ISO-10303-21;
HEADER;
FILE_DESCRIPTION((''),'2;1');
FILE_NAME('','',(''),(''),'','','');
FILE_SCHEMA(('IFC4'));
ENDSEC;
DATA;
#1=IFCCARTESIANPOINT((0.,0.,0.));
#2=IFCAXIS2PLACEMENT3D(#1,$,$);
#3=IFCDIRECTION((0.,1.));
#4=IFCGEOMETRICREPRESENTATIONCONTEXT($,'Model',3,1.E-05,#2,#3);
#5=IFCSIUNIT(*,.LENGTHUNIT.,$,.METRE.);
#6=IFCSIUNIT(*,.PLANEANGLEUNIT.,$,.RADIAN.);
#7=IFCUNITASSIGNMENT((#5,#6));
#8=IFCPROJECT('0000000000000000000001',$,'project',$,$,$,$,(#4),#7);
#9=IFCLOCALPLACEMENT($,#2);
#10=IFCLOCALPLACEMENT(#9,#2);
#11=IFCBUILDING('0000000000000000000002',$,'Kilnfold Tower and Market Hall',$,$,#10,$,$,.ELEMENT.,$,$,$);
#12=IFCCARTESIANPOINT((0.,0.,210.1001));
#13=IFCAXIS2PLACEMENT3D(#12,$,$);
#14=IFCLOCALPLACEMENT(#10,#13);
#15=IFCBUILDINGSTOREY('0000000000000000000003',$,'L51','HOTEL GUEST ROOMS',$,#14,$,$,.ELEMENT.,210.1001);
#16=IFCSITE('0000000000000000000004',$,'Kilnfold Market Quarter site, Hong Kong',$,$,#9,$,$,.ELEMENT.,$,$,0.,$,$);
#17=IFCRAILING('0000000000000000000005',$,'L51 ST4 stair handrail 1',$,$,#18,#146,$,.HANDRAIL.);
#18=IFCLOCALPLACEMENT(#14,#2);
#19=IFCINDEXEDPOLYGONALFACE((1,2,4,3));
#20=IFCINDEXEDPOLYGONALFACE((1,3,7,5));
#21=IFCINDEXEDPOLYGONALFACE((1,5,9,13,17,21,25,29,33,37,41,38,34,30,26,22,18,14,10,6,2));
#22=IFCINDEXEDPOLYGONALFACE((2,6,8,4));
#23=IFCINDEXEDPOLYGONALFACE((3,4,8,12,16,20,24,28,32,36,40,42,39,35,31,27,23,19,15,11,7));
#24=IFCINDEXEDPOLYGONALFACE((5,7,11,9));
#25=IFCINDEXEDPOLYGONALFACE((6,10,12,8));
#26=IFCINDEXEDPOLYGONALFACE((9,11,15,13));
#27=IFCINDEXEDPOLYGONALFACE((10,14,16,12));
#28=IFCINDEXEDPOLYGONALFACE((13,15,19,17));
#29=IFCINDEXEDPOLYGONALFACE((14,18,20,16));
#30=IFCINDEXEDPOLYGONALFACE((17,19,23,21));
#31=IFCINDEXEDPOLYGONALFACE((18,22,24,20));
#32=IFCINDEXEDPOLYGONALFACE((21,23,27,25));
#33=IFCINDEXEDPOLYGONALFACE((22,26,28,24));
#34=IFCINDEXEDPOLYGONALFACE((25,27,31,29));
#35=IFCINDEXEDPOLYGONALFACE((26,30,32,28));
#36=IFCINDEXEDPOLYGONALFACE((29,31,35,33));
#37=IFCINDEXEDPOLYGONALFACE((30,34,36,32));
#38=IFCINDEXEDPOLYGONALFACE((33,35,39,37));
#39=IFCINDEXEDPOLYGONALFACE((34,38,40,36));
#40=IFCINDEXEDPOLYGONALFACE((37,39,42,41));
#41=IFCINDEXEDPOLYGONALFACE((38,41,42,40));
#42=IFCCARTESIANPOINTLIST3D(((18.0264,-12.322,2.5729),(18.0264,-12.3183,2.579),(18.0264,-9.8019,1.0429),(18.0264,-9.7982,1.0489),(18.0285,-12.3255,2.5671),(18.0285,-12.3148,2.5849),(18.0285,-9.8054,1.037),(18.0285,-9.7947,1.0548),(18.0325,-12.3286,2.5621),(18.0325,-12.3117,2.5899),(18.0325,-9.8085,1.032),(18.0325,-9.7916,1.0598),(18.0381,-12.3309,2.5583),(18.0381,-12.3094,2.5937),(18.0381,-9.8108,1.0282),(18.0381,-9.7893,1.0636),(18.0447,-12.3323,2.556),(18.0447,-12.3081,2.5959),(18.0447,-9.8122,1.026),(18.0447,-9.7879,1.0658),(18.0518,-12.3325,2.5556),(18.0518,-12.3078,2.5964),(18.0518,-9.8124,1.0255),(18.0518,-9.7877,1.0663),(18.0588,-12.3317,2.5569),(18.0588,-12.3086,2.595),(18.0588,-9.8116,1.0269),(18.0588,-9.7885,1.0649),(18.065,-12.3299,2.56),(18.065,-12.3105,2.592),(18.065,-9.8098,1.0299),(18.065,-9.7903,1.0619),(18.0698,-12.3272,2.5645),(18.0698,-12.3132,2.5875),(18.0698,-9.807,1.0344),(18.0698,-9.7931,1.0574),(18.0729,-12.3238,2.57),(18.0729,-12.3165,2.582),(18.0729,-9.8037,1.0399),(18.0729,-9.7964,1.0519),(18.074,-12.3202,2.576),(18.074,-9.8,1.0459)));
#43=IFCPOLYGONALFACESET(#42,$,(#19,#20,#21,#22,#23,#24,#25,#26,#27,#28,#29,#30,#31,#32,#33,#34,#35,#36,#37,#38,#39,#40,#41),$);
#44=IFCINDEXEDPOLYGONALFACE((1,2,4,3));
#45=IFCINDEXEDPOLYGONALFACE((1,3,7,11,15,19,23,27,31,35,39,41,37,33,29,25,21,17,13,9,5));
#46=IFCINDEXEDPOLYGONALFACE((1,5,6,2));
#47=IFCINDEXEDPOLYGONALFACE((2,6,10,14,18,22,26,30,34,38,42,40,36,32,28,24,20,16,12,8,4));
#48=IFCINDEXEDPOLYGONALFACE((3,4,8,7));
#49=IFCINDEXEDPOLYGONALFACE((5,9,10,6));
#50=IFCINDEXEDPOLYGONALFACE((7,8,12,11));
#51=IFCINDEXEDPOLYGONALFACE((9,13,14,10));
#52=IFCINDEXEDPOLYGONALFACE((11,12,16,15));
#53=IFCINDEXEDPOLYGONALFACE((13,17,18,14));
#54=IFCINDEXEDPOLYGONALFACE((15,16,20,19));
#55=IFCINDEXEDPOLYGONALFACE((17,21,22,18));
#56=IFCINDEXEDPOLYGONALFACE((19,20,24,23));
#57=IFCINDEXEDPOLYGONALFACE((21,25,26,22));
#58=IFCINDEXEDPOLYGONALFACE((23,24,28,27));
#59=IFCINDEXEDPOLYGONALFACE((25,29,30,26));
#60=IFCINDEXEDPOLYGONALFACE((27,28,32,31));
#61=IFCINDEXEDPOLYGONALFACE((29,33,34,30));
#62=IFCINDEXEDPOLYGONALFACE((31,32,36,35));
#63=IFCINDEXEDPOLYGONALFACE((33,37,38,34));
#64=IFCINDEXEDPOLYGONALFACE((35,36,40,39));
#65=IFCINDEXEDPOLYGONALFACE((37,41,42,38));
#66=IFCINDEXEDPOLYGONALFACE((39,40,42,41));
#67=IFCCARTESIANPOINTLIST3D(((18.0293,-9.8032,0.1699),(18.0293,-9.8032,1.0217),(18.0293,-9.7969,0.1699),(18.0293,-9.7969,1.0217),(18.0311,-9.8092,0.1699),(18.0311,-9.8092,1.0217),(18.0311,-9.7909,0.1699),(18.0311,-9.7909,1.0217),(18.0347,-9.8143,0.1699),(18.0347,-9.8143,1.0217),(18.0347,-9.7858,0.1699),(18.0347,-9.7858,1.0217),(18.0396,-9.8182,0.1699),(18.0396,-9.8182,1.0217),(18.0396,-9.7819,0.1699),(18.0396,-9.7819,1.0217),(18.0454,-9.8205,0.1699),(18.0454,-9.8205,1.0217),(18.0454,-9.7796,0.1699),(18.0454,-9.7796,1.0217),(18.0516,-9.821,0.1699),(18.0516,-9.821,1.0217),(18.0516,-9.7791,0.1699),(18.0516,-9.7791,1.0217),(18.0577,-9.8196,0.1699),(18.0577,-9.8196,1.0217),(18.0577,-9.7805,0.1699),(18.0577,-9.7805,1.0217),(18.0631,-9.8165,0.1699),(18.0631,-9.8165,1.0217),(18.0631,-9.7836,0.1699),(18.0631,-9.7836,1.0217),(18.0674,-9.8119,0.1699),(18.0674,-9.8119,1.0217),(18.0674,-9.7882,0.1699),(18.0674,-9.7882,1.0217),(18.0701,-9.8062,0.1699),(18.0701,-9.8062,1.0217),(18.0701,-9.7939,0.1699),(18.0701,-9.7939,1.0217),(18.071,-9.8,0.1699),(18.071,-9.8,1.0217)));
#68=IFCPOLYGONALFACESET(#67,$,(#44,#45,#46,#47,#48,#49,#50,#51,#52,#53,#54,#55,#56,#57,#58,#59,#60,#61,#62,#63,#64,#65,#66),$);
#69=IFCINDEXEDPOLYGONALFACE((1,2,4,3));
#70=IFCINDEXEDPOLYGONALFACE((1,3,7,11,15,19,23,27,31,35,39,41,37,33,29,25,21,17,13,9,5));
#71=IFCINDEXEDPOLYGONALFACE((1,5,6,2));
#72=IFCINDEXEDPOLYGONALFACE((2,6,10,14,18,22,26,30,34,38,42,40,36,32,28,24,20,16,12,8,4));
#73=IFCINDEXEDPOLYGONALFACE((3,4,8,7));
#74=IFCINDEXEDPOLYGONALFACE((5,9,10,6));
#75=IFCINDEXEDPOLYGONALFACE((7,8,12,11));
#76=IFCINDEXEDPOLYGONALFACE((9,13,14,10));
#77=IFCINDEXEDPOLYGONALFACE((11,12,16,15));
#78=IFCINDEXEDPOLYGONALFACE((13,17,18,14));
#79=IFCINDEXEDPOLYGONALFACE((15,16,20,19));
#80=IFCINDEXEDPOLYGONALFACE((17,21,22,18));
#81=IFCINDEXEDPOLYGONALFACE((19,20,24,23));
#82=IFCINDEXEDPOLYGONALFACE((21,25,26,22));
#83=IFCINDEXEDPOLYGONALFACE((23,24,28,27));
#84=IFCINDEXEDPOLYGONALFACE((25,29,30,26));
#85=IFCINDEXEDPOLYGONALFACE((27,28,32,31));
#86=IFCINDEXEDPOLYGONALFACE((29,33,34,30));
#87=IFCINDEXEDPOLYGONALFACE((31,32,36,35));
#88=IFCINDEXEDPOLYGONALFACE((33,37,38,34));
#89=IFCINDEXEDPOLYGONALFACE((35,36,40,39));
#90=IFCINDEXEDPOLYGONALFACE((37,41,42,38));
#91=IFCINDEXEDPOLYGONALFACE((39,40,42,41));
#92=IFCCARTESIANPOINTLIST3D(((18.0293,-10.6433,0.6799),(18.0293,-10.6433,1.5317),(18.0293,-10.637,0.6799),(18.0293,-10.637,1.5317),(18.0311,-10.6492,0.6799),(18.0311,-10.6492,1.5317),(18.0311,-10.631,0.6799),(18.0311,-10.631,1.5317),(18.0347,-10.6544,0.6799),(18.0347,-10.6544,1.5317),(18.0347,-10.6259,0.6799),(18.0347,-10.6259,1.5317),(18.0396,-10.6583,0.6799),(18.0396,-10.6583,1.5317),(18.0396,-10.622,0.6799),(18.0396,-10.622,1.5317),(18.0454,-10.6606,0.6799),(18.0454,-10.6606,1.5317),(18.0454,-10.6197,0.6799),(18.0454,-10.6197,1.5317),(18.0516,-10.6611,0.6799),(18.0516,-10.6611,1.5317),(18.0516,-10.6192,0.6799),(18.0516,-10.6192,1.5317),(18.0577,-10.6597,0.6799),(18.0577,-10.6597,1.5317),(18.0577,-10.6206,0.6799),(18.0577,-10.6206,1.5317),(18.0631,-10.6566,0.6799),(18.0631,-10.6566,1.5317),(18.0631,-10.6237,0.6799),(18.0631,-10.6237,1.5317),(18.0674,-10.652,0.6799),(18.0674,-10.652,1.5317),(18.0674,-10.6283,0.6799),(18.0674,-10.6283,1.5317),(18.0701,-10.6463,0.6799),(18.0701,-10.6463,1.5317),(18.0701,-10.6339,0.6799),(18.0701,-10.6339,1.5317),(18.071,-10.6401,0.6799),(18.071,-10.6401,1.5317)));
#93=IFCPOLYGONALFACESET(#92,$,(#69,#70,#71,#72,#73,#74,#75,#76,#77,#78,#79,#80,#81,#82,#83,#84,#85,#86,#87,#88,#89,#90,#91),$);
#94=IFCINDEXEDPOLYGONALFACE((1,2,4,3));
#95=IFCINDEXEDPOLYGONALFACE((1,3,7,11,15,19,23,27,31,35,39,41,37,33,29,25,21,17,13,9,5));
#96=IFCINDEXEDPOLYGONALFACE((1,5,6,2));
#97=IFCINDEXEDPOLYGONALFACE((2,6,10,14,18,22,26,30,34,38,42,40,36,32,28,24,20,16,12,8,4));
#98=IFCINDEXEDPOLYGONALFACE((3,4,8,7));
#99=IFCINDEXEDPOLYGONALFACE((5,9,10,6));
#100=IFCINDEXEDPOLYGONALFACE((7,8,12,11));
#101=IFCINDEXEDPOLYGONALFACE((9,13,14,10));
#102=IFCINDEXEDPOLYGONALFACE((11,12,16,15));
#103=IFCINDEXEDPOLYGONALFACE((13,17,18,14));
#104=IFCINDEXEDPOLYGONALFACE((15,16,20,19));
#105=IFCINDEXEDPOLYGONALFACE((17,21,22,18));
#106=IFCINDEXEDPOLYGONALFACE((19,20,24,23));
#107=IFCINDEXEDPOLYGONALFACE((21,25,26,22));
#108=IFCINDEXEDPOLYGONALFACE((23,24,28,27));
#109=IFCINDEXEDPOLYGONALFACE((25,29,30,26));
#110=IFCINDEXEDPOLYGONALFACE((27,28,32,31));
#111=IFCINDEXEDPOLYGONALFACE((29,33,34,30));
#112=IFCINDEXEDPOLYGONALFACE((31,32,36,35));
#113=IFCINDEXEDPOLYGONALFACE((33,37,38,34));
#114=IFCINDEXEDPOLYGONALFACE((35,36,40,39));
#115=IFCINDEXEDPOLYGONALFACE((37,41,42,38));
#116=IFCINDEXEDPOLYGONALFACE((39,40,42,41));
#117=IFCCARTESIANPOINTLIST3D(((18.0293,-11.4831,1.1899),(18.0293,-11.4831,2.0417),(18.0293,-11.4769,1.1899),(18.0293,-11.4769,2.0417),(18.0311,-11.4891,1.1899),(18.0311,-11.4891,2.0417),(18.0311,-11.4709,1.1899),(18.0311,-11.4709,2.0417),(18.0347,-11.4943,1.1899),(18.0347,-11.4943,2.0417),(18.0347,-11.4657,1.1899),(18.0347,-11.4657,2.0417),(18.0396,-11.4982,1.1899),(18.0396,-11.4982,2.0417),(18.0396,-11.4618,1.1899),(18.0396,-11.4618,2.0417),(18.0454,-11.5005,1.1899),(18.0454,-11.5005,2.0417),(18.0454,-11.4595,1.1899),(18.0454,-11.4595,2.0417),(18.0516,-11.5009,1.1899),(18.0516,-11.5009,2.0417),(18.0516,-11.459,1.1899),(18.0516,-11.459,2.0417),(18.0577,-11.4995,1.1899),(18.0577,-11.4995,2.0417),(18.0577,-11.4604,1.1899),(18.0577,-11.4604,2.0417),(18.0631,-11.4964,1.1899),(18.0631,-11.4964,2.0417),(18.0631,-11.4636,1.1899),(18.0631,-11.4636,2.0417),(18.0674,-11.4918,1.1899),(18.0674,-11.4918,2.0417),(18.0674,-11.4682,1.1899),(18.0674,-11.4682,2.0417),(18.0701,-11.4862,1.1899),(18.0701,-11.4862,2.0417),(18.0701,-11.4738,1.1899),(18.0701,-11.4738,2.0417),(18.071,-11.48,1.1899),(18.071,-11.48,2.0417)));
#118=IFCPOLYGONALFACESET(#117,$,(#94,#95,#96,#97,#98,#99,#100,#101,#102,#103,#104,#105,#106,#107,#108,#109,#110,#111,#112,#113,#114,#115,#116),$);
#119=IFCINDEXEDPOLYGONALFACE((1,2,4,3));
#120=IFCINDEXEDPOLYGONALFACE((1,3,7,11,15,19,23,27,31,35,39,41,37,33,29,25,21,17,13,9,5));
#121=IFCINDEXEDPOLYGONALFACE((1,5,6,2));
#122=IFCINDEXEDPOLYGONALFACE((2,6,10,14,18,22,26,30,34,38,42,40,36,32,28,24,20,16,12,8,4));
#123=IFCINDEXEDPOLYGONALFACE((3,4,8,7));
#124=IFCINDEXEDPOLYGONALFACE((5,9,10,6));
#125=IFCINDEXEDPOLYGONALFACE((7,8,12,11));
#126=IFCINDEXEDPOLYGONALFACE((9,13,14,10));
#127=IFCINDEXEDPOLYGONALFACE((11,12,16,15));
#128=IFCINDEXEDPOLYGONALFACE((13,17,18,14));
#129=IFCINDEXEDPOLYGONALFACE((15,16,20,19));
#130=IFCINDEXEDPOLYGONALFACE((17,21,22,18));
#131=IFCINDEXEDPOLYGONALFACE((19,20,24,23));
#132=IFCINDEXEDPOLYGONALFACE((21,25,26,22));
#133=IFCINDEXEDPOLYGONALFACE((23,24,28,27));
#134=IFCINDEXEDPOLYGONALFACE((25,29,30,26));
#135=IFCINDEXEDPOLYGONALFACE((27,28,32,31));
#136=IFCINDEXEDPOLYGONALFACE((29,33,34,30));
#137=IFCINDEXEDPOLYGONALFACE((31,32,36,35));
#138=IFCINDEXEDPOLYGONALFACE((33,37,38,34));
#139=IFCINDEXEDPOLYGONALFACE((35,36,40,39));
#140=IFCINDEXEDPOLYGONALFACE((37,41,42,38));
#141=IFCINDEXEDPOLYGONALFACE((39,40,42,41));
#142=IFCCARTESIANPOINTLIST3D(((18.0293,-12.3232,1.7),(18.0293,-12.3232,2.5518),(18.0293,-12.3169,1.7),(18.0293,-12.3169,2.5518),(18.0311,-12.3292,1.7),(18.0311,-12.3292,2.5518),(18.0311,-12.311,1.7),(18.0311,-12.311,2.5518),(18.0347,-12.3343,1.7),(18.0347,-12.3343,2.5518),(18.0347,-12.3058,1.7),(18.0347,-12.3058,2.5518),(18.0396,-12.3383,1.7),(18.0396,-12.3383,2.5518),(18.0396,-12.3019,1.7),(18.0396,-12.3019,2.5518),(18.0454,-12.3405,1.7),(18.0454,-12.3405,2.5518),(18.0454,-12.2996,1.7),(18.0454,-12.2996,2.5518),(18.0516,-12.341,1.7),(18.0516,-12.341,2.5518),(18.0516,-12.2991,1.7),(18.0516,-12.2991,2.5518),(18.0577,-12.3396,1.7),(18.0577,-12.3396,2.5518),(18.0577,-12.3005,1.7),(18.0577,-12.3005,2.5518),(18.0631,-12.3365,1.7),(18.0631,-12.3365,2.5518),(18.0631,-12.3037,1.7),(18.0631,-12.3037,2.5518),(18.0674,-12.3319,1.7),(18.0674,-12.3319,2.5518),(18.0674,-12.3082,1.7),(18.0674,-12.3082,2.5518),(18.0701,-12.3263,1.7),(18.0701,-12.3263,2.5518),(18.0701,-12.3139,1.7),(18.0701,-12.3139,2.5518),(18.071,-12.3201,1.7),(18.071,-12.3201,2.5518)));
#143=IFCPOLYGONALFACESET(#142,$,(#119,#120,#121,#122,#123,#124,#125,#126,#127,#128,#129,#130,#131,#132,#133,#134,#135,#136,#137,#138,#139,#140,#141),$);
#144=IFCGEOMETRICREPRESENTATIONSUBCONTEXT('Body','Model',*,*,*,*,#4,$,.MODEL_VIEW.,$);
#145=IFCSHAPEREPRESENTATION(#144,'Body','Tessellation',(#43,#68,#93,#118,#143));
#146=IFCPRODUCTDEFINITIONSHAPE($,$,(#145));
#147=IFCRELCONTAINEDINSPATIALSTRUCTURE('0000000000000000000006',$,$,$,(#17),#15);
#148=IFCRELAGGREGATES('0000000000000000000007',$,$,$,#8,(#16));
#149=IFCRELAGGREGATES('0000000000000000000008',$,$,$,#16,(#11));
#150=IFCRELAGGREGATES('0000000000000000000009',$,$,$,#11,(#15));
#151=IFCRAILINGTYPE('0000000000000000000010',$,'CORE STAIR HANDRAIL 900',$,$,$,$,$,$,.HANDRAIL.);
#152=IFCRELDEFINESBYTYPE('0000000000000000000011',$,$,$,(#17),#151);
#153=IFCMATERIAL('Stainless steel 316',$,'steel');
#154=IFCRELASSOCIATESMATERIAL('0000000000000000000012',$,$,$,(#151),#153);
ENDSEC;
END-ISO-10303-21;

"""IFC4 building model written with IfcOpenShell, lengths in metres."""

from ifc_helpers import new_model, si_unit, direction, frame, origin, origin_2d, place, context, subcontext, project, spatial, circle, extrude, material, type_object, element, save


model = new_model("IFC4")

# Units and contexts
model_context = context("Model", 3, precision=1e-05, world=origin(), true_north=direction((0.0, 1.0)))
body_context = subcontext(model_context, "Body", "Model", "MODEL_VIEW")
ifc_project = project(units=[si_unit("LENGTHUNIT", "METRE"), si_unit("PLANEANGLEUNIT", "RADIAN")], contexts=[model_context])

# Site, building, storey
site_placement = place(None, origin())
site = spatial("IfcSite", under=ifc_project, at=site_placement, Name="Kilnfold Market Quarter site, Hong Kong", CompositionType="ELEMENT", RefElevation=0.0)
building_placement = place(site_placement, origin())
building = spatial("IfcBuilding", under=site, at=building_placement, Name="Kilnfold Tower and Market Hall", CompositionType="ELEMENT")
storey_placement = place(building_placement, frame((0.0, 0.0, 210.1001)))
storey = spatial("IfcBuildingStorey", under=building, at=storey_placement, Name="L51", Description="HOTEL GUEST ROOMS", CompositionType="ELEMENT", Elevation=210.1001)

# Railing
ifc_material_1 = material(Name="Stainless steel 316", Category="steel")
railing_type_1 = type_object("IfcRailingType", Name="CORE STAIR HANDRAIL 900", PredefinedType="HANDRAIL", material=ifc_material_1)
railing_1_placement = place(storey_placement, frame((18.05, -9.8, 0.1699)))
element("IfcRailing", 1, at=railing_1_placement, inside=storey, type_object=railing_type_1, Name="L51 ST4 stair handrail 1", PredefinedType="HANDRAIL", context=body_context, shape_type="SweptSolid", body=[
    extrude(circle(Radius=0.0239, at=origin_2d()), frame((0.0, 0.0, 0.876), z_axis=(0.0, -0.854785, 0.518982), x_axis=(1.0, 0.0, 0.0)), (0.0, 0.0, 1.0), 2.9482),
    extrude(circle(Radius=0.021, at=origin_2d()), origin(), (0.0, 0.0, 1.0), 0.8518),
    extrude(circle(Radius=0.021, at=origin_2d()), frame((0.0, -0.8401, 0.51)), (0.0, 0.0, 1.0), 0.8518),
    extrude(circle(Radius=0.021, at=origin_2d()), frame((0.0, -1.6799, 1.02)), (0.0, 0.0, 1.0), 0.8518),
    extrude(circle(Radius=0.021, at=origin_2d()), frame((0.0, -2.52, 1.53)), (0.0, 0.0, 1.0), 0.8518),
])

save(model, "model.ifc")
